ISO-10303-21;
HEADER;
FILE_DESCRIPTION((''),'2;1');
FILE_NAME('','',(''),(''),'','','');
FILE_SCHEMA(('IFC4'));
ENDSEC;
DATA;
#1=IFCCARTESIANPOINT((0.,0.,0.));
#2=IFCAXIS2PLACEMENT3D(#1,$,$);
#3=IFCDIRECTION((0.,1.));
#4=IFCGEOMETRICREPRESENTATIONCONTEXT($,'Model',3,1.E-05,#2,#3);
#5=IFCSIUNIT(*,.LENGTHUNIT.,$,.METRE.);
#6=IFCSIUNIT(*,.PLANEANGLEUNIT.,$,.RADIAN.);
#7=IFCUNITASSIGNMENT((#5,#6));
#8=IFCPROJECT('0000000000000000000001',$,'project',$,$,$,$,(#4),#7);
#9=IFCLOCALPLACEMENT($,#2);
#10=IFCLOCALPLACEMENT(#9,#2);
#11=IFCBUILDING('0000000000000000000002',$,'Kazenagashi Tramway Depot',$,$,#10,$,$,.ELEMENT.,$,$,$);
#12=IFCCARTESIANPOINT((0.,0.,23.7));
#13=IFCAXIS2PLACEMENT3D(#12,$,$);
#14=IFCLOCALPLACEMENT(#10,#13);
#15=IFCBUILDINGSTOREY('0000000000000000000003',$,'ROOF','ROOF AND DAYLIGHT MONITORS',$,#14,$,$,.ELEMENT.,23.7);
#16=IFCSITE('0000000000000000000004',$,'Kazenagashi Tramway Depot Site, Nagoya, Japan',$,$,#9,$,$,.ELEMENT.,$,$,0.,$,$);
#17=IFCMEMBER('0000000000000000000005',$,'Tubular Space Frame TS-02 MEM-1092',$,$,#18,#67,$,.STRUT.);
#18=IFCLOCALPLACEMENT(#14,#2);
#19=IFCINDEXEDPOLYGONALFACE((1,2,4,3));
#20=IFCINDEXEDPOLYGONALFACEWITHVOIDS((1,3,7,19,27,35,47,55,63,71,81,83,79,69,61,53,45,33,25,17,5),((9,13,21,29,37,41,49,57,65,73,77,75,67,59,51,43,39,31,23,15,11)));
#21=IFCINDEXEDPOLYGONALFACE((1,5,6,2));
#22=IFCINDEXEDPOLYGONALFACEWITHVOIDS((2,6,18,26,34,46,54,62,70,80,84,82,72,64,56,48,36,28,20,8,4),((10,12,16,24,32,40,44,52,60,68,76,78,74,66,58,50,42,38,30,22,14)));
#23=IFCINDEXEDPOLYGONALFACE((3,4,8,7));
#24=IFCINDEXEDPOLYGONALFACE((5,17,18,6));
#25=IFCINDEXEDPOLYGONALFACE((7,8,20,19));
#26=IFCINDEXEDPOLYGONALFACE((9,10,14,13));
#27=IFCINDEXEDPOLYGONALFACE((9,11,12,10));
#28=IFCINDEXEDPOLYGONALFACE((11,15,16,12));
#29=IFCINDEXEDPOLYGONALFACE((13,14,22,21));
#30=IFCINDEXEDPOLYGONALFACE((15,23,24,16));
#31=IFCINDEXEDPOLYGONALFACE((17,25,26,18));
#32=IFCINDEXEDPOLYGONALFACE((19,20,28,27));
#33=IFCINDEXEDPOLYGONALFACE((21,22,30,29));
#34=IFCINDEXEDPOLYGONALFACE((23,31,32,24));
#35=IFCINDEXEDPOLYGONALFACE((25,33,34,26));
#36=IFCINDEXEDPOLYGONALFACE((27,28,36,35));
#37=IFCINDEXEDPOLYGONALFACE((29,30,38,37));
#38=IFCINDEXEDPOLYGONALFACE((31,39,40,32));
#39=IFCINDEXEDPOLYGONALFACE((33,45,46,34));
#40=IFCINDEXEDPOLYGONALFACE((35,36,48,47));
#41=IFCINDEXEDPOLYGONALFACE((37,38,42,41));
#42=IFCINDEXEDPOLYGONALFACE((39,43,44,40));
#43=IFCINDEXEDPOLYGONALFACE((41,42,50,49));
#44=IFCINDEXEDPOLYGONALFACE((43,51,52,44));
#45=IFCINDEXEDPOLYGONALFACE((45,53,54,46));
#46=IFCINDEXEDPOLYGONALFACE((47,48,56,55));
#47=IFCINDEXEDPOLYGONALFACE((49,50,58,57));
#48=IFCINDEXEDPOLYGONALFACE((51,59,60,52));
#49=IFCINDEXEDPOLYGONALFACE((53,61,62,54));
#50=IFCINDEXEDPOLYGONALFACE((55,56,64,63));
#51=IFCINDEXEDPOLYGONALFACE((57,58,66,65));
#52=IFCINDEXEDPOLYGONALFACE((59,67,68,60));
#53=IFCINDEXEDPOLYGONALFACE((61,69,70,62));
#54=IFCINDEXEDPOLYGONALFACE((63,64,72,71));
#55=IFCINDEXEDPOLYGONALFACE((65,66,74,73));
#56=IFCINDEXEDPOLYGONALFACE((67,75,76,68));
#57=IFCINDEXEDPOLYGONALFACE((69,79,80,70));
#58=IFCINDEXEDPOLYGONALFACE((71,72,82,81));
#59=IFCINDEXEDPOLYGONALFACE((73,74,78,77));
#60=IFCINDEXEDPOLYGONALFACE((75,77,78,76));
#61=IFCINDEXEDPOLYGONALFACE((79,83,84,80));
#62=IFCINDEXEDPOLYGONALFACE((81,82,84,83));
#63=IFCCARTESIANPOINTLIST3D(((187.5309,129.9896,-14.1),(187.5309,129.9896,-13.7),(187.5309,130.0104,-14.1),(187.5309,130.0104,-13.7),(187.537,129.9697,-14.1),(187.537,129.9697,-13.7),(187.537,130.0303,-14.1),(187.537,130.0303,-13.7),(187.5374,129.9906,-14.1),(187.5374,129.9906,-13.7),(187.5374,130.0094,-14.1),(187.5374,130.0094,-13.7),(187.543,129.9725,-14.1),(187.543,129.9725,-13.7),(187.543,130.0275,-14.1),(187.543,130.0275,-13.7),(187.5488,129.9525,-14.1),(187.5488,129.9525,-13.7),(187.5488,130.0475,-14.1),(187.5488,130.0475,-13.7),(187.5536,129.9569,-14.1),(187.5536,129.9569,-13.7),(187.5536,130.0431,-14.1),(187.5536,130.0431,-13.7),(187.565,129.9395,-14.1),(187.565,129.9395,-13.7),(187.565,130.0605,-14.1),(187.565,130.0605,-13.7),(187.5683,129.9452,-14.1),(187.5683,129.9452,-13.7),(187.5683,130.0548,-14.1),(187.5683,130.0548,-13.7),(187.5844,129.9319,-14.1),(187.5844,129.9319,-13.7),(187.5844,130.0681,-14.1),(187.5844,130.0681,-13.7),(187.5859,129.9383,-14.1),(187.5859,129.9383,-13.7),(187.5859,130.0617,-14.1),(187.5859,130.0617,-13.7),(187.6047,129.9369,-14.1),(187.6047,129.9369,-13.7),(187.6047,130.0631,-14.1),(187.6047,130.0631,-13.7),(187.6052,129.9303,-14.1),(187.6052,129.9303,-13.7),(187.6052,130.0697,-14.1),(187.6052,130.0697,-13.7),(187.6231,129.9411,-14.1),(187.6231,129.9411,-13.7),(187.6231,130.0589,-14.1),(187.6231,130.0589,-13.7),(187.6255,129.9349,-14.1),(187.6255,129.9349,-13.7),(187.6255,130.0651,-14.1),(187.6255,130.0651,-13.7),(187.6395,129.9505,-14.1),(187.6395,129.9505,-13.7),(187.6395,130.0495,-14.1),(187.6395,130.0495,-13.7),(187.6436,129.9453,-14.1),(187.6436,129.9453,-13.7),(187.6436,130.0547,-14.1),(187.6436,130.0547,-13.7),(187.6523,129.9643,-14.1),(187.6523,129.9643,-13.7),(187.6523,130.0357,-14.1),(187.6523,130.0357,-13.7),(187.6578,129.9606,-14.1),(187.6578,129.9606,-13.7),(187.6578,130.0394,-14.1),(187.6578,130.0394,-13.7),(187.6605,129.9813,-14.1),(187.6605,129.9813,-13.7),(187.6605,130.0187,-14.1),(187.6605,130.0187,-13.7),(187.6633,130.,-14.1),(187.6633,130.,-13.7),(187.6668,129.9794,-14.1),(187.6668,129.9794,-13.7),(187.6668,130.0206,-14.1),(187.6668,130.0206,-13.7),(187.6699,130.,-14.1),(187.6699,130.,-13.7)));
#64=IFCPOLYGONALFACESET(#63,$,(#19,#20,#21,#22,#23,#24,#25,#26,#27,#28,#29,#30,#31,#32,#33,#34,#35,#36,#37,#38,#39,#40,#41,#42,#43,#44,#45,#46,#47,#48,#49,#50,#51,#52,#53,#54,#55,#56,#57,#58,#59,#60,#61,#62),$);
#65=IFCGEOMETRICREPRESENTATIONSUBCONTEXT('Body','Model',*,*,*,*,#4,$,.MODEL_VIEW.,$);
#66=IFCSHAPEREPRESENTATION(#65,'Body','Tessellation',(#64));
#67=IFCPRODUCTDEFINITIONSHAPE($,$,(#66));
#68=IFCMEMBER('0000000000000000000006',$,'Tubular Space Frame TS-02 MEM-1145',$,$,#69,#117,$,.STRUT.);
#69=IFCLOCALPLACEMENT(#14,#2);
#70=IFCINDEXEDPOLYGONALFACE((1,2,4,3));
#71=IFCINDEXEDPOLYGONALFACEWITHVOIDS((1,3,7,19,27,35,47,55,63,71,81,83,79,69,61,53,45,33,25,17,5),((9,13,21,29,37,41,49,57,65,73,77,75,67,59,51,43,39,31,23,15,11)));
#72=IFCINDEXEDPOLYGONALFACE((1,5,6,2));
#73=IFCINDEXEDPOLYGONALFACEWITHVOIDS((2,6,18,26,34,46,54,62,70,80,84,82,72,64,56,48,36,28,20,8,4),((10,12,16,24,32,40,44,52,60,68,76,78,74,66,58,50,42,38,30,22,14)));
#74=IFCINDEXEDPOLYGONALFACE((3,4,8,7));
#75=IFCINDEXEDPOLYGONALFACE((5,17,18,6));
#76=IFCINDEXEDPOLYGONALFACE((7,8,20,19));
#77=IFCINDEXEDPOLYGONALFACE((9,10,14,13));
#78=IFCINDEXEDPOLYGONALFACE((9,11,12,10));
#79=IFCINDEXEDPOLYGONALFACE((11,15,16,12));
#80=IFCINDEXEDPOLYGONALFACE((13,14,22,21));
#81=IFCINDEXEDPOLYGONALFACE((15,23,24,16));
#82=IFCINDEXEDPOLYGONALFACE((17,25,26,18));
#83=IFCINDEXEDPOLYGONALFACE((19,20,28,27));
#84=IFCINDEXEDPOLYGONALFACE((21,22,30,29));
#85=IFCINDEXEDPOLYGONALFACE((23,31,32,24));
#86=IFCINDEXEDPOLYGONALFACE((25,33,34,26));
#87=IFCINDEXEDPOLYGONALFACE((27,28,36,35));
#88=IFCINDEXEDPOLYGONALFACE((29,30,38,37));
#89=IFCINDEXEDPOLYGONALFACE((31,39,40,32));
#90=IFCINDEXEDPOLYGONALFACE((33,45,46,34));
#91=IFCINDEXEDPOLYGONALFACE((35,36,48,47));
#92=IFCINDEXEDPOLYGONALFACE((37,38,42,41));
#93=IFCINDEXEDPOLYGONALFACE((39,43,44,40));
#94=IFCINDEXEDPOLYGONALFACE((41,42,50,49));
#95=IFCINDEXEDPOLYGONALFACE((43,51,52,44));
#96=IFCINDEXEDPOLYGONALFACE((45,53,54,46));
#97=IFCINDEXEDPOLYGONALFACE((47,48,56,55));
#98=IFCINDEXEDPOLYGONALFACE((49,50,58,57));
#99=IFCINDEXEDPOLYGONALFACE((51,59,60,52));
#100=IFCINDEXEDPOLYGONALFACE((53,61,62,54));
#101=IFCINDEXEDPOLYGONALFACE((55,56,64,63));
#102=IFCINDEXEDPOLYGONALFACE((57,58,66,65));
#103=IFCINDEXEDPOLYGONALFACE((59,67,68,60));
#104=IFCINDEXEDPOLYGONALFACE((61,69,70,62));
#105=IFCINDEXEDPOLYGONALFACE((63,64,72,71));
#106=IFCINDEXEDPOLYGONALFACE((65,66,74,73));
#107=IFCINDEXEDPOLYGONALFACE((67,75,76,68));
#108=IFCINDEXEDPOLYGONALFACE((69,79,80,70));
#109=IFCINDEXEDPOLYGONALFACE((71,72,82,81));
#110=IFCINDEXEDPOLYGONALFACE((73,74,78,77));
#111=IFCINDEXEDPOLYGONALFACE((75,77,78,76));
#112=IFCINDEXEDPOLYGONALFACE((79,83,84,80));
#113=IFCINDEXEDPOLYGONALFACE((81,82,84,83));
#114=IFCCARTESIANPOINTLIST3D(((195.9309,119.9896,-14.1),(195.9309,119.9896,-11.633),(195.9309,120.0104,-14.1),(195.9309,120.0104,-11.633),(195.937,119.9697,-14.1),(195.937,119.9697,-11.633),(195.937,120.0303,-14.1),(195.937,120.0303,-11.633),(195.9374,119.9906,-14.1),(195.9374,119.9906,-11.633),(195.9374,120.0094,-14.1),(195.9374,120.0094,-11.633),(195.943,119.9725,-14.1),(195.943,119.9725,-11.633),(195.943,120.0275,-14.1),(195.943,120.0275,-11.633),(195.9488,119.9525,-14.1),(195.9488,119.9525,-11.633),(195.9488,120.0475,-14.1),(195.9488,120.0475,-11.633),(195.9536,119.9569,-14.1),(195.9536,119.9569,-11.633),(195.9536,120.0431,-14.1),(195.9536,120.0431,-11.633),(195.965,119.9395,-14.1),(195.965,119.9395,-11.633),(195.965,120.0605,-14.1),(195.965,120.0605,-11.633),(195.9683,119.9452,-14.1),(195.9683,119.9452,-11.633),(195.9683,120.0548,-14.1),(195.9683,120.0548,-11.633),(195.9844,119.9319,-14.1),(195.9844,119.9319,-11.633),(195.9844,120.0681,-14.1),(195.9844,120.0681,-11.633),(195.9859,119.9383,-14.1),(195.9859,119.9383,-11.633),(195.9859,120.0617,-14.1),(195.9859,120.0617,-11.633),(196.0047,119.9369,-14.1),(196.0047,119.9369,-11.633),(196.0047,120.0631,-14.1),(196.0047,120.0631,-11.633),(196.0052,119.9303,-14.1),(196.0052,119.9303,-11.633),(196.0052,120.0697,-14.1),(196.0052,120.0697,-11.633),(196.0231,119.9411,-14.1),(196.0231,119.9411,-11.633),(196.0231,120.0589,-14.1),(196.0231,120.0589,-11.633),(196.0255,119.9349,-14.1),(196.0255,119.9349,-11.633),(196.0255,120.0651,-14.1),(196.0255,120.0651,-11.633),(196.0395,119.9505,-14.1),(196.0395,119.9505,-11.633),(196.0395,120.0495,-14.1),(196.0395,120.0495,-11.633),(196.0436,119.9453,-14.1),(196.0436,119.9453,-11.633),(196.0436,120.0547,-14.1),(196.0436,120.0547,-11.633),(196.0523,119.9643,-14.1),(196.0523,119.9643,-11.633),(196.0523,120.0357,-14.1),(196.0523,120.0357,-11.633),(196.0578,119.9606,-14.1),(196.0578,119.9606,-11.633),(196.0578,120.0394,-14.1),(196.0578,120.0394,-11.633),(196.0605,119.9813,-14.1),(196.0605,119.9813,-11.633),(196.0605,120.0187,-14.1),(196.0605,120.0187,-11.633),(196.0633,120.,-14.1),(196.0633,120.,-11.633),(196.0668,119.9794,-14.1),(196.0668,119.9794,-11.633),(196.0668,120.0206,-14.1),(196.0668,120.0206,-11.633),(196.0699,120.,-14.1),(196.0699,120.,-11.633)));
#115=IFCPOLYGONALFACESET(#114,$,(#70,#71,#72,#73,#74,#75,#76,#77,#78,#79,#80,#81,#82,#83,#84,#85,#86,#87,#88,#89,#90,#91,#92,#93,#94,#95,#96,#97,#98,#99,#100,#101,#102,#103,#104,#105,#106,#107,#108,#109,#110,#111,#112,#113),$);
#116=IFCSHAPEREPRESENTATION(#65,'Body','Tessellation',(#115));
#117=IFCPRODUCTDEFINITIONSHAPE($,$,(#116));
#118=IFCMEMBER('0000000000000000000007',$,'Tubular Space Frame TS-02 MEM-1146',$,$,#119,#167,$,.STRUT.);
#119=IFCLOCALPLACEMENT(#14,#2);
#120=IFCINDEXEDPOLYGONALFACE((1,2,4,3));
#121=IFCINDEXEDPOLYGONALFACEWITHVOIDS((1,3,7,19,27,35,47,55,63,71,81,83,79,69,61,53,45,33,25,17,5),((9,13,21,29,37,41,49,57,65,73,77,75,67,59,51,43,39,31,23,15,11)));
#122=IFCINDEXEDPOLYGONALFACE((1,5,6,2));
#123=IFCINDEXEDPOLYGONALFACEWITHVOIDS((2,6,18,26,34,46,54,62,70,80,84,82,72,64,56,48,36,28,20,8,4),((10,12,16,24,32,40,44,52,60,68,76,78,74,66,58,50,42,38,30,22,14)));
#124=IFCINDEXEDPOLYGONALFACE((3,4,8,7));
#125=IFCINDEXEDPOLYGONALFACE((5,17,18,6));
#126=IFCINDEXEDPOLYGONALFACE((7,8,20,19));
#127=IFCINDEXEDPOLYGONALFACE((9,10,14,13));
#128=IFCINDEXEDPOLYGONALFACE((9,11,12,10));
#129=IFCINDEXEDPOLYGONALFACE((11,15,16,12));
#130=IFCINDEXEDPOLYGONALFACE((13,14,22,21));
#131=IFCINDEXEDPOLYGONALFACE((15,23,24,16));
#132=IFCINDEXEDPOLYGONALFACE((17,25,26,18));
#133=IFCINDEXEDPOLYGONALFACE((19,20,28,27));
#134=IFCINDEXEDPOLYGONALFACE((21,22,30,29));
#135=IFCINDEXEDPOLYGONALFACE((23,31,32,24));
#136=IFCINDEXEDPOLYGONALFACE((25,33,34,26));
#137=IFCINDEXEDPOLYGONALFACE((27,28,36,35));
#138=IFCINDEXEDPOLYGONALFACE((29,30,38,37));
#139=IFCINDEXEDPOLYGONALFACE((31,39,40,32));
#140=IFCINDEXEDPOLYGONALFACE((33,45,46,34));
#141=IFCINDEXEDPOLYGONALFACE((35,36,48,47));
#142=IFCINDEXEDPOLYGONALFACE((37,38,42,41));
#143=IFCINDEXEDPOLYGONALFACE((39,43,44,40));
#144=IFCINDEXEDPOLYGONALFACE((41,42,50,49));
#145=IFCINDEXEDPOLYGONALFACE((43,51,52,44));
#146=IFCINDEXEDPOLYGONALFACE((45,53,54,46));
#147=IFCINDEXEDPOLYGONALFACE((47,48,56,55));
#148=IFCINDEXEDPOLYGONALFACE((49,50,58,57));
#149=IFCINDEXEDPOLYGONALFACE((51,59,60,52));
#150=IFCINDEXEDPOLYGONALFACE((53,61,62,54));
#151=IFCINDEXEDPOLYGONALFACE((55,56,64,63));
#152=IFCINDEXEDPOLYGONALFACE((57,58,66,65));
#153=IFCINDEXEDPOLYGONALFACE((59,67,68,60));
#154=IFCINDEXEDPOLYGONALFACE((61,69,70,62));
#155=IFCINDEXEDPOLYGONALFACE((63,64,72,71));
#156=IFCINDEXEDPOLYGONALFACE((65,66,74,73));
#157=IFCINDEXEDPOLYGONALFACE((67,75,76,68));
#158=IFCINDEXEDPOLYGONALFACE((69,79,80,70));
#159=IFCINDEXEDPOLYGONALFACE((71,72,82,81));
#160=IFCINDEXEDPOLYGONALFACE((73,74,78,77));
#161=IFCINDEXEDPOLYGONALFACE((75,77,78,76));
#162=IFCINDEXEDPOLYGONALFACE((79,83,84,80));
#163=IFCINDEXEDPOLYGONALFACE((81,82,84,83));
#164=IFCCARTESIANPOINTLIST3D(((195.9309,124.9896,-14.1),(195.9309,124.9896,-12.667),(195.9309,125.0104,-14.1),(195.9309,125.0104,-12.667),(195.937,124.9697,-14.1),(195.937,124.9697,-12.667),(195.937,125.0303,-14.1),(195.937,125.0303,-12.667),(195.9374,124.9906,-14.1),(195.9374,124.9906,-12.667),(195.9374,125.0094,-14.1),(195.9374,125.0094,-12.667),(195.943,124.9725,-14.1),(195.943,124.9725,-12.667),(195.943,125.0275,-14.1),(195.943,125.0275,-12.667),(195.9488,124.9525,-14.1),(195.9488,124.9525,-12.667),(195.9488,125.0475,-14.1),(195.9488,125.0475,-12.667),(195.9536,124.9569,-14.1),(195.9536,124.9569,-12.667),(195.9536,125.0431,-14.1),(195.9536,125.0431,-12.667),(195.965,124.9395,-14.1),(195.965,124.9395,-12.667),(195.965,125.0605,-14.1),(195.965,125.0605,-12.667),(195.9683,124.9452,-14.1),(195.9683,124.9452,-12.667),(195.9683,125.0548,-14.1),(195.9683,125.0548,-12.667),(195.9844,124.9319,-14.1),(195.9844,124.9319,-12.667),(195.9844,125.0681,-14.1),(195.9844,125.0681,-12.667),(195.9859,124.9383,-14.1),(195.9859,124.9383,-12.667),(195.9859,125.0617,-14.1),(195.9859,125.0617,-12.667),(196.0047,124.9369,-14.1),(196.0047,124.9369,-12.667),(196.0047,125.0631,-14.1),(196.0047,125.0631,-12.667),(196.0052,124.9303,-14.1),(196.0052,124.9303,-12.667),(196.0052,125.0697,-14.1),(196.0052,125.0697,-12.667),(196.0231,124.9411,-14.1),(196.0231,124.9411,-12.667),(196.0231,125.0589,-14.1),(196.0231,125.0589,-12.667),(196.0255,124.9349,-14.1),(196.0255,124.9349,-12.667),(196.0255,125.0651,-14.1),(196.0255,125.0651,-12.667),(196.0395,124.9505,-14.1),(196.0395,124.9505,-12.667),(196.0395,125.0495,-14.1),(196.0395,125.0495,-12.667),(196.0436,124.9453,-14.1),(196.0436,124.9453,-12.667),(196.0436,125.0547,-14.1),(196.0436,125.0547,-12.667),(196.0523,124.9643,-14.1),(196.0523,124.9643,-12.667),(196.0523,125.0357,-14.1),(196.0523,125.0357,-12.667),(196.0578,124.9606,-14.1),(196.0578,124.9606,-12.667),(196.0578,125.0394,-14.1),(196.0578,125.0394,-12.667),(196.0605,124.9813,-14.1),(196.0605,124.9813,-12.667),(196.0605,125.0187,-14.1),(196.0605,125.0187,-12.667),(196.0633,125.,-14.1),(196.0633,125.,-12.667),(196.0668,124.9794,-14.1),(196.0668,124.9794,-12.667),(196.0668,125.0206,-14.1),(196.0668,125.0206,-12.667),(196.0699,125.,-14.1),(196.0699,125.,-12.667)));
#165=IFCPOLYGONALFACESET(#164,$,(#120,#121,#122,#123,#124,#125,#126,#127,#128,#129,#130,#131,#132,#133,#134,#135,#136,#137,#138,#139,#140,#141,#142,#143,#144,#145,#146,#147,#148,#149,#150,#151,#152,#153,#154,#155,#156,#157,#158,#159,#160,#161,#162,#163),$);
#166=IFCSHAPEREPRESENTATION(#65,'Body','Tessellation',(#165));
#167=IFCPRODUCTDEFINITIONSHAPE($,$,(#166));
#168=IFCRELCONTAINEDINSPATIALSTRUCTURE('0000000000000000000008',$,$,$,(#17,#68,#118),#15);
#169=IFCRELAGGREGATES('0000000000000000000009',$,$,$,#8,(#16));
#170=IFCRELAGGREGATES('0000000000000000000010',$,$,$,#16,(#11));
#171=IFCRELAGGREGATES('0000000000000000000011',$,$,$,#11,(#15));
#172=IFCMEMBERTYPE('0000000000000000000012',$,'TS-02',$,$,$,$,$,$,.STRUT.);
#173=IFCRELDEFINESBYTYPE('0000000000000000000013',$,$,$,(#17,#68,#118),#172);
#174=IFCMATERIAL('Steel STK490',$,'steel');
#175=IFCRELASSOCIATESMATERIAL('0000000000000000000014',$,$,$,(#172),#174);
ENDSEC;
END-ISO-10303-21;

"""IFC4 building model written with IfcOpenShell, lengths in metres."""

from ifc_helpers import new_model, si_unit, direction, frame, origin, origin_2d, place, context, subcontext, project, spatial, hollow_circle, extrude, material, material_profile, profile_set, type_object, element, save


model = new_model("IFC4")

# Units and contexts
model_context = context("Model", 3, precision=1e-05, world=origin(), true_north=direction((0.0, 1.0)))
body_context = subcontext(model_context, "Body", "Model", "MODEL_VIEW")
ifc_project = project(units=[si_unit("LENGTHUNIT", "METRE"), si_unit("PLANEANGLEUNIT", "RADIAN")], contexts=[model_context])

# Site, building, storey
site_placement = place(None, origin())
site = spatial("IfcSite", under=ifc_project, at=site_placement, Name="Kazenagashi Tramway Depot Site, Nagoya, Japan", CompositionType="ELEMENT", RefElevation=0.0)
building_placement = place(site_placement, origin())
building = spatial("IfcBuilding", under=site, at=building_placement, Name="Kazenagashi Tramway Depot", CompositionType="ELEMENT")
storey_placement = place(building_placement, frame((0.0, 0.0, 23.7)))
storey = spatial("IfcBuildingStorey", under=building, at=storey_placement, Name="ROOF", Description="ROOF AND DAYLIGHT MONITORS", CompositionType="ELEMENT", Elevation=23.7)

# Members
ifc_material_1 = material(Name="Steel STK490", Category="steel")
ifc_material_profile_1 = material_profile(ifc_material_1, hollow_circle(Radius=0.0699, WallThickness=0.0066, at=origin_2d()), Name="CHS-139.8x6.6")
ifc_profile_set_1 = profile_set([ifc_material_profile_1], Name="Steel STK490")
member_type_1 = type_object("IfcMemberType", Name="TS-02", PredefinedType="STRUT", material=ifc_profile_set_1)
member_1_placement = place(storey_placement, frame((187.6, 130.0, -14.1), z_axis=(0.0, 0.0, 1.0), x_axis=(1.0, 0.0, 0.0)))
element("IfcMember", 1, at=member_1_placement, inside=storey, type_object=member_type_1, Name="Tubular Space Frame TS-02 MEM-1092", PredefinedType="STRUT", context=body_context, shape_type="SweptSolid", body=[
    extrude(hollow_circle(Radius=0.0699, WallThickness=0.0066, at=origin_2d()), origin(), (0.0, 0.0, 1.0), 0.4),
])
member_2_placement = place(storey_placement, frame((196.0, 120.0, -14.1), z_axis=(0.0, 0.0, 1.0), x_axis=(1.0, 0.0, 0.0)))
element("IfcMember", 2, at=member_2_placement, inside=storey, type_object=member_type_1, Name="Tubular Space Frame TS-02 MEM-1145", PredefinedType="STRUT", context=body_context, shape_type="SweptSolid", body=[
    extrude(hollow_circle(Radius=0.0699, WallThickness=0.0066, at=origin_2d()), origin(), (0.0, 0.0, 1.0), 2.467),
])
member_3_placement = place(storey_placement, frame((196.0, 125.0, -14.1), z_axis=(0.0, 0.0, 1.0), x_axis=(1.0, 0.0, 0.0)))
element("IfcMember", 3, at=member_3_placement, inside=storey, type_object=member_type_1, Name="Tubular Space Frame TS-02 MEM-1146", PredefinedType="STRUT", context=body_context, shape_type="SweptSolid", body=[
    extrude(hollow_circle(Radius=0.0699, WallThickness=0.0066, at=origin_2d()), origin(), (0.0, 0.0, 1.0), 1.433),
])

save(model, "model.ifc")
